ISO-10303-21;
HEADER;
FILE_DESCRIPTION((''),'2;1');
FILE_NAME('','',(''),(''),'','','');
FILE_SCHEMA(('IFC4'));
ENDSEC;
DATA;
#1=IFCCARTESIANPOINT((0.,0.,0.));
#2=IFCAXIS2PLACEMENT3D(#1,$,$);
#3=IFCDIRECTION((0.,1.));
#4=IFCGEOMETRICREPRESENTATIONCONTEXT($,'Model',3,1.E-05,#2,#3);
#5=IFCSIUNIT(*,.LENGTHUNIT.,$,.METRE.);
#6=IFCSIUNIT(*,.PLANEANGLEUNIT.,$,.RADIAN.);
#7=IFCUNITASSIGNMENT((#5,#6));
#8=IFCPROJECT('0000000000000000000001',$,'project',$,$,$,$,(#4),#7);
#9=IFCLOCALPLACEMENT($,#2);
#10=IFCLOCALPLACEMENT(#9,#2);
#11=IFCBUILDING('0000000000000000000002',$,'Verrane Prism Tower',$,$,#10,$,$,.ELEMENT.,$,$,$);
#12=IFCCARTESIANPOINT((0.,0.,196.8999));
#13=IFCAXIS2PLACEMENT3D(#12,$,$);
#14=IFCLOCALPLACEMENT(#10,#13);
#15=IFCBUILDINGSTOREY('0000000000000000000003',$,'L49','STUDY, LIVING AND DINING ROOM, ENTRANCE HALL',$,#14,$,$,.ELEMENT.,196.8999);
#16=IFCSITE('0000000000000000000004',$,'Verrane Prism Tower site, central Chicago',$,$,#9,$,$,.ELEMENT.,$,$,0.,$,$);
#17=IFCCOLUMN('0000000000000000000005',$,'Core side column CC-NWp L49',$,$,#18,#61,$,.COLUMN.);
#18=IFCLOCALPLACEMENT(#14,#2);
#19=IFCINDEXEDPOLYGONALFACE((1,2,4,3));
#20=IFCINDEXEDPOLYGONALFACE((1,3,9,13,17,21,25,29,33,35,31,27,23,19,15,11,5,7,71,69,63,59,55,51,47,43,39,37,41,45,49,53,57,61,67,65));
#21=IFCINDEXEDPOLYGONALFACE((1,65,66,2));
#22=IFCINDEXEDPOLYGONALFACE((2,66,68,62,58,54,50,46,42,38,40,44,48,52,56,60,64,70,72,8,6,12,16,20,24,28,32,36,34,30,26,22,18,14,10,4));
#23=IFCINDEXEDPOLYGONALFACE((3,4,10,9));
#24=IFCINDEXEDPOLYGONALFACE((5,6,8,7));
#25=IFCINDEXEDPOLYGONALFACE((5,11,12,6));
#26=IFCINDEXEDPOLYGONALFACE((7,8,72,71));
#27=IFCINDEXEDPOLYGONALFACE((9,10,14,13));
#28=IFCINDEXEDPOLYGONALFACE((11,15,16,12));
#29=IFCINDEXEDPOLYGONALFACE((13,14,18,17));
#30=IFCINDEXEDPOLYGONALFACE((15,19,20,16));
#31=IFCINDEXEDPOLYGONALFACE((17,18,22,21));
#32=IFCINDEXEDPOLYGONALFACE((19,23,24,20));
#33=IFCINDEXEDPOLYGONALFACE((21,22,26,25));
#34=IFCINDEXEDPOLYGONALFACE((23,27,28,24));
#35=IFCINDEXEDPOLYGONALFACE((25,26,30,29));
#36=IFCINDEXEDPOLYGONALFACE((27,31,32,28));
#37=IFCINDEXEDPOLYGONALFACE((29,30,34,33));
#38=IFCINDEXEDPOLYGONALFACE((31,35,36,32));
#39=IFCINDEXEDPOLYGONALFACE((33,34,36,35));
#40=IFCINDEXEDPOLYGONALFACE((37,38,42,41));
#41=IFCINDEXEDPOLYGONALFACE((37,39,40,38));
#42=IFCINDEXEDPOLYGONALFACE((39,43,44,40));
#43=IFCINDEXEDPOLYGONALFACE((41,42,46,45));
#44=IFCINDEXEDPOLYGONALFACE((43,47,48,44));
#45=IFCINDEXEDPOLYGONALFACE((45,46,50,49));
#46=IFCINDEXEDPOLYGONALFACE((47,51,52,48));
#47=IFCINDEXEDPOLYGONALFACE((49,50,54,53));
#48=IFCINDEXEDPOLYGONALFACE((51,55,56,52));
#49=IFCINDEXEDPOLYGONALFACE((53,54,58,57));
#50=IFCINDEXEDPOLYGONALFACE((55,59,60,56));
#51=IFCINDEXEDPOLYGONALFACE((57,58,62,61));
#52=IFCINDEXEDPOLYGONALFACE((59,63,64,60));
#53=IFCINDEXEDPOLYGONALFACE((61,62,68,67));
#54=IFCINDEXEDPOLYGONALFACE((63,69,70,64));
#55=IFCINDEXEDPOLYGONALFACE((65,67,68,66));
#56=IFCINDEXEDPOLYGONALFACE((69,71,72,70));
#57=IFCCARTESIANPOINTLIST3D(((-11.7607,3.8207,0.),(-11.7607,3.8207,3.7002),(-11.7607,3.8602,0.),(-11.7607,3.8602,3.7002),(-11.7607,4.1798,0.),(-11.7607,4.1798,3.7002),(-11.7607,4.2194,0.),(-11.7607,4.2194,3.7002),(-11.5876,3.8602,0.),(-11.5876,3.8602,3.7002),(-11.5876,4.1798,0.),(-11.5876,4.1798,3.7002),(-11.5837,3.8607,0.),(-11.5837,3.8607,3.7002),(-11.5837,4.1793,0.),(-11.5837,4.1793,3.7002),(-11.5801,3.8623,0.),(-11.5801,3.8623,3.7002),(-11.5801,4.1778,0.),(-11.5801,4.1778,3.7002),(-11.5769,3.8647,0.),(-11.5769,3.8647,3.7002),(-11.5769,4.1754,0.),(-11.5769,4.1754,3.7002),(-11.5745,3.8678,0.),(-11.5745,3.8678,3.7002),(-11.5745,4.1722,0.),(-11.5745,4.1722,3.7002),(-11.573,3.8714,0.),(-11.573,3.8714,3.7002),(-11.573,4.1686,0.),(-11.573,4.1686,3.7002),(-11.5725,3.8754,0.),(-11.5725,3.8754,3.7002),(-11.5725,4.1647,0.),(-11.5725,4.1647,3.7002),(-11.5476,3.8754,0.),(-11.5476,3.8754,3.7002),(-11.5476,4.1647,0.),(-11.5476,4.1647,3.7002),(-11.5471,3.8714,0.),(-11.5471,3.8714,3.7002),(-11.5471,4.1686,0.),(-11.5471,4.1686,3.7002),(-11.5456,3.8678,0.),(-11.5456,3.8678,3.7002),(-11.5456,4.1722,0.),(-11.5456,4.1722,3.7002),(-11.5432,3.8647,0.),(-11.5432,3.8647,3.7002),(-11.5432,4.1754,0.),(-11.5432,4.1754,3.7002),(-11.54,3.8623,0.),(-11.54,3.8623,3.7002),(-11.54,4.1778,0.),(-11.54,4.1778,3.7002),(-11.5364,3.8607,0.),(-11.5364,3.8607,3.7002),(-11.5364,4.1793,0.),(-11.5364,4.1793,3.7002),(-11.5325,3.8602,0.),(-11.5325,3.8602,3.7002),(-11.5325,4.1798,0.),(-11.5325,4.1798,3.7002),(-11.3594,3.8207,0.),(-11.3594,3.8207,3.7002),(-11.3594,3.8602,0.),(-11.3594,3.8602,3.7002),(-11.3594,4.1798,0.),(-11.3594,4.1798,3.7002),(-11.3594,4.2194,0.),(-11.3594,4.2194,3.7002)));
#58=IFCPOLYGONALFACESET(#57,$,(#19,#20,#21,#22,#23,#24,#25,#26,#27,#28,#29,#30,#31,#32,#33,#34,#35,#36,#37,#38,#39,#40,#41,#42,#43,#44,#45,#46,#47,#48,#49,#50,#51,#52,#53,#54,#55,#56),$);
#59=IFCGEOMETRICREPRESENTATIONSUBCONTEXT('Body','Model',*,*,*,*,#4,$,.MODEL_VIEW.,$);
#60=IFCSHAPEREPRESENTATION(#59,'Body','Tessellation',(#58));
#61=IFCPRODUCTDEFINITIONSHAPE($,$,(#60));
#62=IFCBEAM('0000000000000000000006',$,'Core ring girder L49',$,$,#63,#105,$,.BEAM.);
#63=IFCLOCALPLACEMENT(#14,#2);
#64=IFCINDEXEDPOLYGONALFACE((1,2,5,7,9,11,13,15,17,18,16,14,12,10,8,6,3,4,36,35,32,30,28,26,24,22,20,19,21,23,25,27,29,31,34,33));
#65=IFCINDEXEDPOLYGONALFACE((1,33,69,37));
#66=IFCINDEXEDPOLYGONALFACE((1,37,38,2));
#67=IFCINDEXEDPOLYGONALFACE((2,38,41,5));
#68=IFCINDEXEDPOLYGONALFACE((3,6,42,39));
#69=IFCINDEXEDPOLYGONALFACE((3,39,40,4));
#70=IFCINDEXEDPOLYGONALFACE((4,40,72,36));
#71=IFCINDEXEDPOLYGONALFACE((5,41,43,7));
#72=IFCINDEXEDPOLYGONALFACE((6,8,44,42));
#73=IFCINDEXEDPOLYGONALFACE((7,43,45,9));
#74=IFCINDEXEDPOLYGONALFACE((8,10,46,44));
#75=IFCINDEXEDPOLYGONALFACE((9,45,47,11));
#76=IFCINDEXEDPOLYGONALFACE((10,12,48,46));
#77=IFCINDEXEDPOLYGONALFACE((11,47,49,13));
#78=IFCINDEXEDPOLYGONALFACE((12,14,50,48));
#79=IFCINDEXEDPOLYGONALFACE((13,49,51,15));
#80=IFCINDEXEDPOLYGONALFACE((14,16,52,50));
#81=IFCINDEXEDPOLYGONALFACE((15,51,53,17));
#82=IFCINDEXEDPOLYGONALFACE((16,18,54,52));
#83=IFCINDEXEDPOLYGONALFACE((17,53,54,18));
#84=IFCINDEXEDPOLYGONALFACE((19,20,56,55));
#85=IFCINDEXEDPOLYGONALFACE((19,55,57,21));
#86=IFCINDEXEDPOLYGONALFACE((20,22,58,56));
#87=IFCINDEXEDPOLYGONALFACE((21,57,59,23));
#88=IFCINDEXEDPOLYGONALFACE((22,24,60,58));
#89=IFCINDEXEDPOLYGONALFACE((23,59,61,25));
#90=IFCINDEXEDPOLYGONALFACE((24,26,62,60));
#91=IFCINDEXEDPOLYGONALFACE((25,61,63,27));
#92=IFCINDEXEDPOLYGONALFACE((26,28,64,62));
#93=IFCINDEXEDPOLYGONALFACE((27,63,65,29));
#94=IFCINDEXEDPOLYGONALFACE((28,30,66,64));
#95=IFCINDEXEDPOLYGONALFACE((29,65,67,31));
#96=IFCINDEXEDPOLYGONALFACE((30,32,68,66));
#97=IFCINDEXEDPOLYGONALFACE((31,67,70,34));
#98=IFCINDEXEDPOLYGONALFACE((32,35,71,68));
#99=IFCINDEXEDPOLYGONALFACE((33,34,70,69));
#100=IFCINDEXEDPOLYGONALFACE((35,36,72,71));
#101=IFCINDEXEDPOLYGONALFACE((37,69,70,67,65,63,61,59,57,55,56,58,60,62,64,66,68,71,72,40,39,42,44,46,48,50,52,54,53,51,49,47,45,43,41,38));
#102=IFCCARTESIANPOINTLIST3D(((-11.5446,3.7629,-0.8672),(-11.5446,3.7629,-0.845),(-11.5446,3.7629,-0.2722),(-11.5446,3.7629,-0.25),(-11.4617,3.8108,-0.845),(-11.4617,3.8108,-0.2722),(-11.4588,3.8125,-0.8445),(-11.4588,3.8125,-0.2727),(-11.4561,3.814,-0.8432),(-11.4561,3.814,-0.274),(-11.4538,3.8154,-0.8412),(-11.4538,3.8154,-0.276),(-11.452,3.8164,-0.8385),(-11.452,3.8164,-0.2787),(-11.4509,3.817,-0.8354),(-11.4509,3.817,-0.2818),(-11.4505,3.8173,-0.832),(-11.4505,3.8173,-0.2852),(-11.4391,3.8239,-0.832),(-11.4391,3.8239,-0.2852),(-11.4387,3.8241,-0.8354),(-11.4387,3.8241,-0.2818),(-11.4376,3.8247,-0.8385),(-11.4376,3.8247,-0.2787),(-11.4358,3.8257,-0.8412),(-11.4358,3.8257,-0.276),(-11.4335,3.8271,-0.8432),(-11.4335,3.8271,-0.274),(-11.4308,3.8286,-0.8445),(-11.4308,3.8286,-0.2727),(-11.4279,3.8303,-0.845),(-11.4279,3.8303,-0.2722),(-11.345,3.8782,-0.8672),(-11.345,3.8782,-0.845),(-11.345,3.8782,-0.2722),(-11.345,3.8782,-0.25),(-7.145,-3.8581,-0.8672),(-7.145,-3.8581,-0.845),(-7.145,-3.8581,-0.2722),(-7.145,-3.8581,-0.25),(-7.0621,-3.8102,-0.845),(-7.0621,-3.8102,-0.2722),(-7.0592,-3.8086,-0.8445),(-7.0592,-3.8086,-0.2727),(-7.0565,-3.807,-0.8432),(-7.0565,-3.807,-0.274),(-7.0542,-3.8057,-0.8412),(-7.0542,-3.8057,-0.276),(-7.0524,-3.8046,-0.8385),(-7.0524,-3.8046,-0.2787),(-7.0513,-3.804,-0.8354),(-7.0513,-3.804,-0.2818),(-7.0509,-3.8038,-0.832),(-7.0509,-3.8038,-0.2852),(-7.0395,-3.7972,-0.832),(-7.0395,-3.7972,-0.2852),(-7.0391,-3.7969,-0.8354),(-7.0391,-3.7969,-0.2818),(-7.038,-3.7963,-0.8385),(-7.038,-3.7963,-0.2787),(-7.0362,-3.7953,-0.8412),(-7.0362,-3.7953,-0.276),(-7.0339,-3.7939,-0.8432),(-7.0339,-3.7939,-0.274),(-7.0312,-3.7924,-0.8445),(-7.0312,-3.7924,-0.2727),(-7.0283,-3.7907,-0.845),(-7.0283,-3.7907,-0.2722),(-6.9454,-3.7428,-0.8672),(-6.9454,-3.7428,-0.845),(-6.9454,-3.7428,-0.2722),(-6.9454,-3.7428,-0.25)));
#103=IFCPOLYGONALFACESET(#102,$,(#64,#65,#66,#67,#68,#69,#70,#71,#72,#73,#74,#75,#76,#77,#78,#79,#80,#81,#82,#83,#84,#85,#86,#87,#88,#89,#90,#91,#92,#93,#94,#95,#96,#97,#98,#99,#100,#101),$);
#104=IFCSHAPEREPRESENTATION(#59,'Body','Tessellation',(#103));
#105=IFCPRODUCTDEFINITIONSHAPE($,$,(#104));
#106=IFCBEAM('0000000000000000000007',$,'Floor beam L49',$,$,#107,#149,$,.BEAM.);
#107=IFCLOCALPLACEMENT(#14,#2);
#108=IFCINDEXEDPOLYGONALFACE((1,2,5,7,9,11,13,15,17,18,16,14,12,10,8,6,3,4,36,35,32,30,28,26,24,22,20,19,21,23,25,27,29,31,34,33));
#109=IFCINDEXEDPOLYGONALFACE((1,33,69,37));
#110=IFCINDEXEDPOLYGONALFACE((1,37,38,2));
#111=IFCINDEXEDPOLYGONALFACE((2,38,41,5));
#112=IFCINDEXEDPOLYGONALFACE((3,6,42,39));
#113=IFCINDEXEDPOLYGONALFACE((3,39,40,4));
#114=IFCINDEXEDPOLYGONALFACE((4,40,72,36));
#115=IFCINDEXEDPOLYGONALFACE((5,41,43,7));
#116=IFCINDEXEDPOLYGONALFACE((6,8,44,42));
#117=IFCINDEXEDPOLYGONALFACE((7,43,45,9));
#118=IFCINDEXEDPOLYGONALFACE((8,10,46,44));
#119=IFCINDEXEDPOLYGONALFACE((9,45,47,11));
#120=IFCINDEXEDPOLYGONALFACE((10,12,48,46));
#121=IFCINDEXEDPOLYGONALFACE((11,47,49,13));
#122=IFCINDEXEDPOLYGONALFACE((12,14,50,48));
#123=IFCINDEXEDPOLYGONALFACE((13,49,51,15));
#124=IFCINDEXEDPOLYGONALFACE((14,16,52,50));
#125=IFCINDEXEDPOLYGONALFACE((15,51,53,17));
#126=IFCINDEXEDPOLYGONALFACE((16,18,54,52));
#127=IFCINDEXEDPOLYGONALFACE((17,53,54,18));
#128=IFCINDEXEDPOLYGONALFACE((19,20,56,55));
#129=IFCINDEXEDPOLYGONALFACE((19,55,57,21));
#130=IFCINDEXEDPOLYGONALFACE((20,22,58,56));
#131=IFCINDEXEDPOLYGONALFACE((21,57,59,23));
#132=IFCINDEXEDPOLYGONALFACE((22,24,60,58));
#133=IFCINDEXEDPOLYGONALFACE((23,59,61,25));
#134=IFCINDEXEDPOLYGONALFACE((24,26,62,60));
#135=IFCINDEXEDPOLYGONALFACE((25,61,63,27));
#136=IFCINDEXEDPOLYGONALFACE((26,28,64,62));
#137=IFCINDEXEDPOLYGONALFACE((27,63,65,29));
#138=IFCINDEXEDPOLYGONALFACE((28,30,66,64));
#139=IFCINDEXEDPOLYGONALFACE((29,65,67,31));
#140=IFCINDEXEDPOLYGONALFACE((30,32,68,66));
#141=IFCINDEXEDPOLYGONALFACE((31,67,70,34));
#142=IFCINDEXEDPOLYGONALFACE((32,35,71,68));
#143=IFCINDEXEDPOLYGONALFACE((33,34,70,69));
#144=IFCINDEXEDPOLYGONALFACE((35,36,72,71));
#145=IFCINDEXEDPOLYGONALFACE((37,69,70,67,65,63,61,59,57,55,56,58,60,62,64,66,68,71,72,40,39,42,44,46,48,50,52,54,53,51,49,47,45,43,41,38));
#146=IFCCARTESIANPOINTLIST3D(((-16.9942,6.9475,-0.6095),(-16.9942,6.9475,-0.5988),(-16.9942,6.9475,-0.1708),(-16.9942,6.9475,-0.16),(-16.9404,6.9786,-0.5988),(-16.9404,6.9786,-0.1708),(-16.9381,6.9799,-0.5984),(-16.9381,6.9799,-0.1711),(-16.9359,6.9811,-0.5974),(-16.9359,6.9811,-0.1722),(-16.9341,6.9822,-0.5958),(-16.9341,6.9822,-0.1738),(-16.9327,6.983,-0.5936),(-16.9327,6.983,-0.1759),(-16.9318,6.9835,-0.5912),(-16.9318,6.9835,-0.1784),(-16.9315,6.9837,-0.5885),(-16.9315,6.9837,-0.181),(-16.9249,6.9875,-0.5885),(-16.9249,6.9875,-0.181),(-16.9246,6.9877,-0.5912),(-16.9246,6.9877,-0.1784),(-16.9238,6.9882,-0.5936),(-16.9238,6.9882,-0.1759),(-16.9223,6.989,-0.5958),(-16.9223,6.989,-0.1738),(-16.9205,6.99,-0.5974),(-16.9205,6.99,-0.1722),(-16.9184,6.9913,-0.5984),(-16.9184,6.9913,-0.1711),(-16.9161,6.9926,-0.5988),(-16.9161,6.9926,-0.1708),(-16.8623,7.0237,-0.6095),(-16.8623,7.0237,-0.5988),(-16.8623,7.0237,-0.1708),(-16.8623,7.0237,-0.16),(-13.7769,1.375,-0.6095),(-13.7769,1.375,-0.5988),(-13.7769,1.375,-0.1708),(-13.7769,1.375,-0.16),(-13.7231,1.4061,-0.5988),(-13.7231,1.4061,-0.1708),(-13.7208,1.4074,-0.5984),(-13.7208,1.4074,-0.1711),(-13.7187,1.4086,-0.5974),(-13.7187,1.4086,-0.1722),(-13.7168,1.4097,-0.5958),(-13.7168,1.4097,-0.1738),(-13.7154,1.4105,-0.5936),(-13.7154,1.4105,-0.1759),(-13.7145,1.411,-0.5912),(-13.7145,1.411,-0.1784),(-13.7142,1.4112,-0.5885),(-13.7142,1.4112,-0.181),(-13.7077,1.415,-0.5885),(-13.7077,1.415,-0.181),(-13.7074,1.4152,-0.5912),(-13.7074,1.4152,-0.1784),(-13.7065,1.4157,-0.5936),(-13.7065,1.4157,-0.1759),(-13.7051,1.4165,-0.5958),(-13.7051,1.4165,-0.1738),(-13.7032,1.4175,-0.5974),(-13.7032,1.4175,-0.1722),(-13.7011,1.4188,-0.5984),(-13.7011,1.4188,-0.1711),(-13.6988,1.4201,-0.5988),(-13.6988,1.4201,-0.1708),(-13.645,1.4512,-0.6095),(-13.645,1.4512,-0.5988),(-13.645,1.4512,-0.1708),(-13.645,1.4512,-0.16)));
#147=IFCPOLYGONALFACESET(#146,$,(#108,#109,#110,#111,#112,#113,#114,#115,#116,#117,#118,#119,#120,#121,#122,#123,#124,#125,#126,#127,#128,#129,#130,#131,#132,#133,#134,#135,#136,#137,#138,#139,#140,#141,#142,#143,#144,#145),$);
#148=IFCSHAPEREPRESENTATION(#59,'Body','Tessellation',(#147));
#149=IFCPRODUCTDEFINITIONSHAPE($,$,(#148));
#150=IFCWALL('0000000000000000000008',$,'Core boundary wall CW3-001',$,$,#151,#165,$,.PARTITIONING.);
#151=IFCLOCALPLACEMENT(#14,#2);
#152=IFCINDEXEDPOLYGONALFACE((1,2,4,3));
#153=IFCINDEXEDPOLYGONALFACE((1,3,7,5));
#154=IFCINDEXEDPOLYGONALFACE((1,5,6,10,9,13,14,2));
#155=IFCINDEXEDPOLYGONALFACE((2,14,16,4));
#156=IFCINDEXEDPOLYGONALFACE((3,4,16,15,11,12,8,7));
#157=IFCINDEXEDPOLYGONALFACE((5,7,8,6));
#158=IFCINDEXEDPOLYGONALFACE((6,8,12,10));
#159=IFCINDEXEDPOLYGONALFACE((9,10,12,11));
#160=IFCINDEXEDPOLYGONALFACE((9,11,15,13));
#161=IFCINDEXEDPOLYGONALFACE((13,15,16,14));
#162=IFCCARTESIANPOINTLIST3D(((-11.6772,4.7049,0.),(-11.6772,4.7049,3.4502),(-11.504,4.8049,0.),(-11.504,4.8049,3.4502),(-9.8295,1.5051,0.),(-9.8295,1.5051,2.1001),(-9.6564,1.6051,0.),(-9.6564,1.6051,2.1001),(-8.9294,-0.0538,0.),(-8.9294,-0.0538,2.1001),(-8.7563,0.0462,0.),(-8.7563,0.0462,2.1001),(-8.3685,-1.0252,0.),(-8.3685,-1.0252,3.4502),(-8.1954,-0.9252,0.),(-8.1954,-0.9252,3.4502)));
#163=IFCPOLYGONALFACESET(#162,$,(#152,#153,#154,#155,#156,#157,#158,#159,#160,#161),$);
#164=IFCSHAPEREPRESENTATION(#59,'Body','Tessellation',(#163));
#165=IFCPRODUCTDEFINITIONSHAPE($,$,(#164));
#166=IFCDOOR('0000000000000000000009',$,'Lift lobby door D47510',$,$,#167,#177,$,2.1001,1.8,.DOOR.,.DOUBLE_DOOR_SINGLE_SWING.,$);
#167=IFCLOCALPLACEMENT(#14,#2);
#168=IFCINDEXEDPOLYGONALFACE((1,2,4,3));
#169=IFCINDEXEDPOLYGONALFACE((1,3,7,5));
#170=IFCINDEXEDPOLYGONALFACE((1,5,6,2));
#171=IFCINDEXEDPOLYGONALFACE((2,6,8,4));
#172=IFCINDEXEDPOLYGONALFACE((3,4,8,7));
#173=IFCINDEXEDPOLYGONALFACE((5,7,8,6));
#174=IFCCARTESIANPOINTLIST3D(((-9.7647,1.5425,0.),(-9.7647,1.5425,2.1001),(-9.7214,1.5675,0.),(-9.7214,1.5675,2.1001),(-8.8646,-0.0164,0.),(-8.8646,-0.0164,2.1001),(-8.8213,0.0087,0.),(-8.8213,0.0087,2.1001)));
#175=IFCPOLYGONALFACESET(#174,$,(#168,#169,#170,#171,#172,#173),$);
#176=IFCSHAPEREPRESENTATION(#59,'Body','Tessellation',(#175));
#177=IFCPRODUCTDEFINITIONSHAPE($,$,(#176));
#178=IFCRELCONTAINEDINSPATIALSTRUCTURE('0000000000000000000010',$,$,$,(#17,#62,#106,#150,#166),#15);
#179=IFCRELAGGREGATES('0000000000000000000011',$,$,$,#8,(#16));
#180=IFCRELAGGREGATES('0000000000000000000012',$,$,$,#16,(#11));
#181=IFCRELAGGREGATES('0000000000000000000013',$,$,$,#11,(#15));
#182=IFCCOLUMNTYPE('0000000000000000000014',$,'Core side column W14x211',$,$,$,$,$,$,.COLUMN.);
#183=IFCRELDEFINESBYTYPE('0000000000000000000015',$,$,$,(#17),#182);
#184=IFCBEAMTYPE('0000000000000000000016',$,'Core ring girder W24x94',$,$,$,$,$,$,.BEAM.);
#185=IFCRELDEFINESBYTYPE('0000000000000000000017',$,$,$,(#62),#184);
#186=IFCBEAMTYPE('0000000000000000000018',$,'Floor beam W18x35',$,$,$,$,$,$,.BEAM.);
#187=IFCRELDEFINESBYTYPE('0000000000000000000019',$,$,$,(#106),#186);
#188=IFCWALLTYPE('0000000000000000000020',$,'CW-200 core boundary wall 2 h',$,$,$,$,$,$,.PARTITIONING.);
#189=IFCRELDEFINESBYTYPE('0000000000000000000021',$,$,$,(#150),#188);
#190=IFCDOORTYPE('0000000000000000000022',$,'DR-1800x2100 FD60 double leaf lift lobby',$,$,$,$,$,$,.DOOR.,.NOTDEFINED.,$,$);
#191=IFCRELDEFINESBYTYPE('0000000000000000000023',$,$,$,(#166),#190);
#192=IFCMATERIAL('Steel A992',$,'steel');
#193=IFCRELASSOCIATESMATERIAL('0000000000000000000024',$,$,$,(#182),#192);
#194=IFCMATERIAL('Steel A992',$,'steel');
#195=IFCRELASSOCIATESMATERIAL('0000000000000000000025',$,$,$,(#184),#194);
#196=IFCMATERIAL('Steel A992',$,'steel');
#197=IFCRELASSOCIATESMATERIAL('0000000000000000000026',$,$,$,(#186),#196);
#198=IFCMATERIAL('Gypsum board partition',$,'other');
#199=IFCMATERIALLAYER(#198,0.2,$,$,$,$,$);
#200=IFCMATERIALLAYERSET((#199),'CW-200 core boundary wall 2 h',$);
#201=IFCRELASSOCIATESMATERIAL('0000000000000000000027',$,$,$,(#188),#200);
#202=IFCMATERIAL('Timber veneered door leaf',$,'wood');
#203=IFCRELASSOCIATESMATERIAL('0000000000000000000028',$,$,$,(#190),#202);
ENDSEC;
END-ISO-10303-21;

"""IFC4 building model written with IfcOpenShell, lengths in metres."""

from ifc_helpers import new_model, si_unit, direction, frame, frame_2d, origin, origin_2d, place, context, subcontext, project, spatial, rectangle, i_section, extrude, material, layer, layer_set, material_profile, profile_set, type_object, element, fill, save


model = new_model("IFC4")

# Units and contexts
model_context = context("Model", 3, precision=1e-05, world=origin(), true_north=direction((0.0, 1.0)))
body_context = subcontext(model_context, "Body", "Model", "MODEL_VIEW")
ifc_project = project(units=[si_unit("LENGTHUNIT", "METRE"), si_unit("PLANEANGLEUNIT", "RADIAN")], contexts=[model_context])

# Site, building, storey
site_placement = place(None, origin())
site = spatial("IfcSite", under=ifc_project, at=site_placement, Name="Verrane Prism Tower site, central Chicago", CompositionType="ELEMENT", RefElevation=0.0)
building_placement = place(site_placement, origin())
building = spatial("IfcBuilding", under=site, at=building_placement, Name="Verrane Prism Tower", CompositionType="ELEMENT")
storey_placement = place(building_placement, frame((0.0, 0.0, 196.8999)))
storey = spatial("IfcBuildingStorey", under=building, at=storey_placement, Name="L49", Description="STUDY, LIVING AND DINING ROOM, ENTRANCE HALL", CompositionType="ELEMENT", Elevation=196.8999)

# Column
ifc_material_1 = material(Name="Steel A992", Category="steel")
ifc_material_profile_1 = material_profile(ifc_material_1, i_section(OverallWidth=0.4014, OverallDepth=0.3987, WebThickness=0.0249, FlangeThickness=0.0396, FilletRadius=0.0151, at=origin_2d()), Name="W14x211")
ifc_profile_set_1 = profile_set([ifc_material_profile_1], Name="Steel A992")
column_type = type_object("IfcColumnType", Name="Core side column W14x211", PredefinedType="COLUMN", material=ifc_profile_set_1)
column_placement = place(storey_placement, frame((-11.5601, 4.02, 0.0), z_axis=(0.0, 0.0, 1.0), x_axis=(1.0, 0.0, 0.0)))
element("IfcColumn", 1, at=column_placement, inside=storey, type_object=column_type, Name="Core side column CC-NWp L49", PredefinedType="COLUMN", context=body_context, shape_type="SweptSolid", body=[
    extrude(i_section(OverallWidth=0.4014, OverallDepth=0.3987, WebThickness=0.0249, FlangeThickness=0.0396, FilletRadius=0.0151, at=origin_2d()), origin(), (0.0, 0.0, 1.0), 3.7002),
])

# Beams
ifc_material_2 = material(Name="Steel A992", Category="steel")
ifc_material_profile_2 = material_profile(ifc_material_2, i_section(OverallWidth=0.2305, OverallDepth=0.6172, WebThickness=0.0132, FlangeThickness=0.0222, FilletRadius=0.0129, at=origin_2d()), Name="W24x94")
ifc_profile_set_2 = profile_set([ifc_material_profile_2], Name="Steel A992")
beam_type_1 = type_object("IfcBeamType", Name="Core ring girder W24x94", PredefinedType="BEAM", material=ifc_profile_set_2)
beam_1_placement = place(storey_placement, frame((-11.4448, 3.8206, -0.5586), z_axis=(0.499967, -0.866044, 0.0), x_axis=(0.866044, 0.499967, 0.0)))
element("IfcBeam", 2, at=beam_1_placement, inside=storey, type_object=beam_type_1, Name="Core ring girder L49", PredefinedType="BEAM", context=body_context, shape_type="SweptSolid", body=[
    extrude(i_section(OverallWidth=0.2305, OverallDepth=0.6172, WebThickness=0.0132, FlangeThickness=0.0222, FilletRadius=0.0129, at=origin_2d()), origin(), (0.0, 0.0, 1.0), 8.7998),
])
ifc_material_3 = material(Name="Steel A992", Category="steel")
ifc_material_profile_3 = material_profile(ifc_material_3, i_section(OverallWidth=0.1523, OverallDepth=0.4495, WebThickness=0.0076, FlangeThickness=0.0107, FilletRadius=0.0103, at=origin_2d()), Name="W18x35")
ifc_profile_set_3 = profile_set([ifc_material_profile_3], Name="Steel A992")
beam_type_2 = type_object("IfcBeamType", Name="Floor beam W18x35", PredefinedType="BEAM", material=ifc_profile_set_3)
beam_2_placement = place(storey_placement, frame((-13.7109, 1.4131, -0.3848), z_axis=(-0.499999, 0.866026, 0.0), x_axis=(-0.866026, -0.499999, 0.0)))
element("IfcBeam", 3, at=beam_2_placement, inside=storey, type_object=beam_type_2, Name="Floor beam L49", PredefinedType="BEAM", context=body_context, shape_type="SweptSolid", body=[
    extrude(i_section(OverallWidth=0.1523, OverallDepth=0.4495, WebThickness=0.0076, FlangeThickness=0.0107, FilletRadius=0.0103, at=origin_2d()), origin(), (0.0, 0.0, 1.0), 6.4346),
])

# Wall, opening, door
ifc_material_4 = material(Name="Gypsum board partition", Category="other")
ifc_layer_1 = layer(ifc_material_4, 0.2)
ifc_layer_set_1 = layer_set([ifc_layer_1], Name="CW-200 core boundary wall 2 h")
wall_type_1 = type_object("IfcWallType", Name="CW-200 core boundary wall 2 h", PredefinedType="PARTITIONING", material=ifc_layer_set_1)
wall_1_placement = place(storey_placement, frame((-11.5906, 4.7549, 0.0), z_axis=(0.0, 0.0, 1.0), x_axis=(0.500044, -0.866, 0.0)))
wall_1 = element("IfcWall", 4, at=wall_1_placement, inside=storey, type_object=wall_type_1, Name="Core boundary wall CW3-001", PredefinedType="PARTITIONING", context=body_context, shape_type="SweptSolid", body=[
    extrude(rectangle(XDim=6.6167, YDim=0.2, at=frame_2d((3.3083, 0.0))), origin(), (0.0, 0.0, 1.0), 3.4502),
])
opening_1_placement = place(wall_1_placement, frame((3.6951, 0.0, 0.0)))
opening_1 = element("IfcOpeningElement", 5, at=opening_1_placement, cuts=wall_1, PredefinedType="OPENING", context=body_context, shape_type="SweptSolid", body=[
    extrude(rectangle(XDim=1.8, YDim=2.1001, at=frame_2d((0.8999, 1.05))), frame((0.0, 0.1099, 0.0), z_axis=(0.0, -1.0, 0.0), x_axis=(1.0, 0.0, 0.0)), (0.0, 0.0, 1.0), 0.22),
])
ifc_material_5 = material(Name="Timber veneered door leaf", Category="wood")
door_type_1 = type_object("IfcDoorType", Name="DR-1800x2100 FD60 double leaf lift lobby", OperationType="NOTDEFINED", PredefinedType="DOOR", material=ifc_material_5)
door_1_placement = place(opening_1_placement, origin())
door_1 = element("IfcDoor", 6, at=door_1_placement, inside=storey, type_object=door_type_1, Name="Lift lobby door D47510", OperationType="DOUBLE_DOOR_SINGLE_SWING", OverallHeight=2.1001, OverallWidth=1.8, PredefinedType="DOOR", context=body_context, shape_type="SweptSolid", body=[
    extrude(rectangle(XDim=1.8, YDim=2.1001, at=frame_2d((0.8999, 1.05))), frame((0.0, 0.0249, 0.0), z_axis=(0.0, -1.0, 0.0), x_axis=(1.0, 0.0, 0.0)), (0.0, 0.0, 1.0), 0.05),
])
fill(opening_1, door_1)

save(model, "model.ifc")
